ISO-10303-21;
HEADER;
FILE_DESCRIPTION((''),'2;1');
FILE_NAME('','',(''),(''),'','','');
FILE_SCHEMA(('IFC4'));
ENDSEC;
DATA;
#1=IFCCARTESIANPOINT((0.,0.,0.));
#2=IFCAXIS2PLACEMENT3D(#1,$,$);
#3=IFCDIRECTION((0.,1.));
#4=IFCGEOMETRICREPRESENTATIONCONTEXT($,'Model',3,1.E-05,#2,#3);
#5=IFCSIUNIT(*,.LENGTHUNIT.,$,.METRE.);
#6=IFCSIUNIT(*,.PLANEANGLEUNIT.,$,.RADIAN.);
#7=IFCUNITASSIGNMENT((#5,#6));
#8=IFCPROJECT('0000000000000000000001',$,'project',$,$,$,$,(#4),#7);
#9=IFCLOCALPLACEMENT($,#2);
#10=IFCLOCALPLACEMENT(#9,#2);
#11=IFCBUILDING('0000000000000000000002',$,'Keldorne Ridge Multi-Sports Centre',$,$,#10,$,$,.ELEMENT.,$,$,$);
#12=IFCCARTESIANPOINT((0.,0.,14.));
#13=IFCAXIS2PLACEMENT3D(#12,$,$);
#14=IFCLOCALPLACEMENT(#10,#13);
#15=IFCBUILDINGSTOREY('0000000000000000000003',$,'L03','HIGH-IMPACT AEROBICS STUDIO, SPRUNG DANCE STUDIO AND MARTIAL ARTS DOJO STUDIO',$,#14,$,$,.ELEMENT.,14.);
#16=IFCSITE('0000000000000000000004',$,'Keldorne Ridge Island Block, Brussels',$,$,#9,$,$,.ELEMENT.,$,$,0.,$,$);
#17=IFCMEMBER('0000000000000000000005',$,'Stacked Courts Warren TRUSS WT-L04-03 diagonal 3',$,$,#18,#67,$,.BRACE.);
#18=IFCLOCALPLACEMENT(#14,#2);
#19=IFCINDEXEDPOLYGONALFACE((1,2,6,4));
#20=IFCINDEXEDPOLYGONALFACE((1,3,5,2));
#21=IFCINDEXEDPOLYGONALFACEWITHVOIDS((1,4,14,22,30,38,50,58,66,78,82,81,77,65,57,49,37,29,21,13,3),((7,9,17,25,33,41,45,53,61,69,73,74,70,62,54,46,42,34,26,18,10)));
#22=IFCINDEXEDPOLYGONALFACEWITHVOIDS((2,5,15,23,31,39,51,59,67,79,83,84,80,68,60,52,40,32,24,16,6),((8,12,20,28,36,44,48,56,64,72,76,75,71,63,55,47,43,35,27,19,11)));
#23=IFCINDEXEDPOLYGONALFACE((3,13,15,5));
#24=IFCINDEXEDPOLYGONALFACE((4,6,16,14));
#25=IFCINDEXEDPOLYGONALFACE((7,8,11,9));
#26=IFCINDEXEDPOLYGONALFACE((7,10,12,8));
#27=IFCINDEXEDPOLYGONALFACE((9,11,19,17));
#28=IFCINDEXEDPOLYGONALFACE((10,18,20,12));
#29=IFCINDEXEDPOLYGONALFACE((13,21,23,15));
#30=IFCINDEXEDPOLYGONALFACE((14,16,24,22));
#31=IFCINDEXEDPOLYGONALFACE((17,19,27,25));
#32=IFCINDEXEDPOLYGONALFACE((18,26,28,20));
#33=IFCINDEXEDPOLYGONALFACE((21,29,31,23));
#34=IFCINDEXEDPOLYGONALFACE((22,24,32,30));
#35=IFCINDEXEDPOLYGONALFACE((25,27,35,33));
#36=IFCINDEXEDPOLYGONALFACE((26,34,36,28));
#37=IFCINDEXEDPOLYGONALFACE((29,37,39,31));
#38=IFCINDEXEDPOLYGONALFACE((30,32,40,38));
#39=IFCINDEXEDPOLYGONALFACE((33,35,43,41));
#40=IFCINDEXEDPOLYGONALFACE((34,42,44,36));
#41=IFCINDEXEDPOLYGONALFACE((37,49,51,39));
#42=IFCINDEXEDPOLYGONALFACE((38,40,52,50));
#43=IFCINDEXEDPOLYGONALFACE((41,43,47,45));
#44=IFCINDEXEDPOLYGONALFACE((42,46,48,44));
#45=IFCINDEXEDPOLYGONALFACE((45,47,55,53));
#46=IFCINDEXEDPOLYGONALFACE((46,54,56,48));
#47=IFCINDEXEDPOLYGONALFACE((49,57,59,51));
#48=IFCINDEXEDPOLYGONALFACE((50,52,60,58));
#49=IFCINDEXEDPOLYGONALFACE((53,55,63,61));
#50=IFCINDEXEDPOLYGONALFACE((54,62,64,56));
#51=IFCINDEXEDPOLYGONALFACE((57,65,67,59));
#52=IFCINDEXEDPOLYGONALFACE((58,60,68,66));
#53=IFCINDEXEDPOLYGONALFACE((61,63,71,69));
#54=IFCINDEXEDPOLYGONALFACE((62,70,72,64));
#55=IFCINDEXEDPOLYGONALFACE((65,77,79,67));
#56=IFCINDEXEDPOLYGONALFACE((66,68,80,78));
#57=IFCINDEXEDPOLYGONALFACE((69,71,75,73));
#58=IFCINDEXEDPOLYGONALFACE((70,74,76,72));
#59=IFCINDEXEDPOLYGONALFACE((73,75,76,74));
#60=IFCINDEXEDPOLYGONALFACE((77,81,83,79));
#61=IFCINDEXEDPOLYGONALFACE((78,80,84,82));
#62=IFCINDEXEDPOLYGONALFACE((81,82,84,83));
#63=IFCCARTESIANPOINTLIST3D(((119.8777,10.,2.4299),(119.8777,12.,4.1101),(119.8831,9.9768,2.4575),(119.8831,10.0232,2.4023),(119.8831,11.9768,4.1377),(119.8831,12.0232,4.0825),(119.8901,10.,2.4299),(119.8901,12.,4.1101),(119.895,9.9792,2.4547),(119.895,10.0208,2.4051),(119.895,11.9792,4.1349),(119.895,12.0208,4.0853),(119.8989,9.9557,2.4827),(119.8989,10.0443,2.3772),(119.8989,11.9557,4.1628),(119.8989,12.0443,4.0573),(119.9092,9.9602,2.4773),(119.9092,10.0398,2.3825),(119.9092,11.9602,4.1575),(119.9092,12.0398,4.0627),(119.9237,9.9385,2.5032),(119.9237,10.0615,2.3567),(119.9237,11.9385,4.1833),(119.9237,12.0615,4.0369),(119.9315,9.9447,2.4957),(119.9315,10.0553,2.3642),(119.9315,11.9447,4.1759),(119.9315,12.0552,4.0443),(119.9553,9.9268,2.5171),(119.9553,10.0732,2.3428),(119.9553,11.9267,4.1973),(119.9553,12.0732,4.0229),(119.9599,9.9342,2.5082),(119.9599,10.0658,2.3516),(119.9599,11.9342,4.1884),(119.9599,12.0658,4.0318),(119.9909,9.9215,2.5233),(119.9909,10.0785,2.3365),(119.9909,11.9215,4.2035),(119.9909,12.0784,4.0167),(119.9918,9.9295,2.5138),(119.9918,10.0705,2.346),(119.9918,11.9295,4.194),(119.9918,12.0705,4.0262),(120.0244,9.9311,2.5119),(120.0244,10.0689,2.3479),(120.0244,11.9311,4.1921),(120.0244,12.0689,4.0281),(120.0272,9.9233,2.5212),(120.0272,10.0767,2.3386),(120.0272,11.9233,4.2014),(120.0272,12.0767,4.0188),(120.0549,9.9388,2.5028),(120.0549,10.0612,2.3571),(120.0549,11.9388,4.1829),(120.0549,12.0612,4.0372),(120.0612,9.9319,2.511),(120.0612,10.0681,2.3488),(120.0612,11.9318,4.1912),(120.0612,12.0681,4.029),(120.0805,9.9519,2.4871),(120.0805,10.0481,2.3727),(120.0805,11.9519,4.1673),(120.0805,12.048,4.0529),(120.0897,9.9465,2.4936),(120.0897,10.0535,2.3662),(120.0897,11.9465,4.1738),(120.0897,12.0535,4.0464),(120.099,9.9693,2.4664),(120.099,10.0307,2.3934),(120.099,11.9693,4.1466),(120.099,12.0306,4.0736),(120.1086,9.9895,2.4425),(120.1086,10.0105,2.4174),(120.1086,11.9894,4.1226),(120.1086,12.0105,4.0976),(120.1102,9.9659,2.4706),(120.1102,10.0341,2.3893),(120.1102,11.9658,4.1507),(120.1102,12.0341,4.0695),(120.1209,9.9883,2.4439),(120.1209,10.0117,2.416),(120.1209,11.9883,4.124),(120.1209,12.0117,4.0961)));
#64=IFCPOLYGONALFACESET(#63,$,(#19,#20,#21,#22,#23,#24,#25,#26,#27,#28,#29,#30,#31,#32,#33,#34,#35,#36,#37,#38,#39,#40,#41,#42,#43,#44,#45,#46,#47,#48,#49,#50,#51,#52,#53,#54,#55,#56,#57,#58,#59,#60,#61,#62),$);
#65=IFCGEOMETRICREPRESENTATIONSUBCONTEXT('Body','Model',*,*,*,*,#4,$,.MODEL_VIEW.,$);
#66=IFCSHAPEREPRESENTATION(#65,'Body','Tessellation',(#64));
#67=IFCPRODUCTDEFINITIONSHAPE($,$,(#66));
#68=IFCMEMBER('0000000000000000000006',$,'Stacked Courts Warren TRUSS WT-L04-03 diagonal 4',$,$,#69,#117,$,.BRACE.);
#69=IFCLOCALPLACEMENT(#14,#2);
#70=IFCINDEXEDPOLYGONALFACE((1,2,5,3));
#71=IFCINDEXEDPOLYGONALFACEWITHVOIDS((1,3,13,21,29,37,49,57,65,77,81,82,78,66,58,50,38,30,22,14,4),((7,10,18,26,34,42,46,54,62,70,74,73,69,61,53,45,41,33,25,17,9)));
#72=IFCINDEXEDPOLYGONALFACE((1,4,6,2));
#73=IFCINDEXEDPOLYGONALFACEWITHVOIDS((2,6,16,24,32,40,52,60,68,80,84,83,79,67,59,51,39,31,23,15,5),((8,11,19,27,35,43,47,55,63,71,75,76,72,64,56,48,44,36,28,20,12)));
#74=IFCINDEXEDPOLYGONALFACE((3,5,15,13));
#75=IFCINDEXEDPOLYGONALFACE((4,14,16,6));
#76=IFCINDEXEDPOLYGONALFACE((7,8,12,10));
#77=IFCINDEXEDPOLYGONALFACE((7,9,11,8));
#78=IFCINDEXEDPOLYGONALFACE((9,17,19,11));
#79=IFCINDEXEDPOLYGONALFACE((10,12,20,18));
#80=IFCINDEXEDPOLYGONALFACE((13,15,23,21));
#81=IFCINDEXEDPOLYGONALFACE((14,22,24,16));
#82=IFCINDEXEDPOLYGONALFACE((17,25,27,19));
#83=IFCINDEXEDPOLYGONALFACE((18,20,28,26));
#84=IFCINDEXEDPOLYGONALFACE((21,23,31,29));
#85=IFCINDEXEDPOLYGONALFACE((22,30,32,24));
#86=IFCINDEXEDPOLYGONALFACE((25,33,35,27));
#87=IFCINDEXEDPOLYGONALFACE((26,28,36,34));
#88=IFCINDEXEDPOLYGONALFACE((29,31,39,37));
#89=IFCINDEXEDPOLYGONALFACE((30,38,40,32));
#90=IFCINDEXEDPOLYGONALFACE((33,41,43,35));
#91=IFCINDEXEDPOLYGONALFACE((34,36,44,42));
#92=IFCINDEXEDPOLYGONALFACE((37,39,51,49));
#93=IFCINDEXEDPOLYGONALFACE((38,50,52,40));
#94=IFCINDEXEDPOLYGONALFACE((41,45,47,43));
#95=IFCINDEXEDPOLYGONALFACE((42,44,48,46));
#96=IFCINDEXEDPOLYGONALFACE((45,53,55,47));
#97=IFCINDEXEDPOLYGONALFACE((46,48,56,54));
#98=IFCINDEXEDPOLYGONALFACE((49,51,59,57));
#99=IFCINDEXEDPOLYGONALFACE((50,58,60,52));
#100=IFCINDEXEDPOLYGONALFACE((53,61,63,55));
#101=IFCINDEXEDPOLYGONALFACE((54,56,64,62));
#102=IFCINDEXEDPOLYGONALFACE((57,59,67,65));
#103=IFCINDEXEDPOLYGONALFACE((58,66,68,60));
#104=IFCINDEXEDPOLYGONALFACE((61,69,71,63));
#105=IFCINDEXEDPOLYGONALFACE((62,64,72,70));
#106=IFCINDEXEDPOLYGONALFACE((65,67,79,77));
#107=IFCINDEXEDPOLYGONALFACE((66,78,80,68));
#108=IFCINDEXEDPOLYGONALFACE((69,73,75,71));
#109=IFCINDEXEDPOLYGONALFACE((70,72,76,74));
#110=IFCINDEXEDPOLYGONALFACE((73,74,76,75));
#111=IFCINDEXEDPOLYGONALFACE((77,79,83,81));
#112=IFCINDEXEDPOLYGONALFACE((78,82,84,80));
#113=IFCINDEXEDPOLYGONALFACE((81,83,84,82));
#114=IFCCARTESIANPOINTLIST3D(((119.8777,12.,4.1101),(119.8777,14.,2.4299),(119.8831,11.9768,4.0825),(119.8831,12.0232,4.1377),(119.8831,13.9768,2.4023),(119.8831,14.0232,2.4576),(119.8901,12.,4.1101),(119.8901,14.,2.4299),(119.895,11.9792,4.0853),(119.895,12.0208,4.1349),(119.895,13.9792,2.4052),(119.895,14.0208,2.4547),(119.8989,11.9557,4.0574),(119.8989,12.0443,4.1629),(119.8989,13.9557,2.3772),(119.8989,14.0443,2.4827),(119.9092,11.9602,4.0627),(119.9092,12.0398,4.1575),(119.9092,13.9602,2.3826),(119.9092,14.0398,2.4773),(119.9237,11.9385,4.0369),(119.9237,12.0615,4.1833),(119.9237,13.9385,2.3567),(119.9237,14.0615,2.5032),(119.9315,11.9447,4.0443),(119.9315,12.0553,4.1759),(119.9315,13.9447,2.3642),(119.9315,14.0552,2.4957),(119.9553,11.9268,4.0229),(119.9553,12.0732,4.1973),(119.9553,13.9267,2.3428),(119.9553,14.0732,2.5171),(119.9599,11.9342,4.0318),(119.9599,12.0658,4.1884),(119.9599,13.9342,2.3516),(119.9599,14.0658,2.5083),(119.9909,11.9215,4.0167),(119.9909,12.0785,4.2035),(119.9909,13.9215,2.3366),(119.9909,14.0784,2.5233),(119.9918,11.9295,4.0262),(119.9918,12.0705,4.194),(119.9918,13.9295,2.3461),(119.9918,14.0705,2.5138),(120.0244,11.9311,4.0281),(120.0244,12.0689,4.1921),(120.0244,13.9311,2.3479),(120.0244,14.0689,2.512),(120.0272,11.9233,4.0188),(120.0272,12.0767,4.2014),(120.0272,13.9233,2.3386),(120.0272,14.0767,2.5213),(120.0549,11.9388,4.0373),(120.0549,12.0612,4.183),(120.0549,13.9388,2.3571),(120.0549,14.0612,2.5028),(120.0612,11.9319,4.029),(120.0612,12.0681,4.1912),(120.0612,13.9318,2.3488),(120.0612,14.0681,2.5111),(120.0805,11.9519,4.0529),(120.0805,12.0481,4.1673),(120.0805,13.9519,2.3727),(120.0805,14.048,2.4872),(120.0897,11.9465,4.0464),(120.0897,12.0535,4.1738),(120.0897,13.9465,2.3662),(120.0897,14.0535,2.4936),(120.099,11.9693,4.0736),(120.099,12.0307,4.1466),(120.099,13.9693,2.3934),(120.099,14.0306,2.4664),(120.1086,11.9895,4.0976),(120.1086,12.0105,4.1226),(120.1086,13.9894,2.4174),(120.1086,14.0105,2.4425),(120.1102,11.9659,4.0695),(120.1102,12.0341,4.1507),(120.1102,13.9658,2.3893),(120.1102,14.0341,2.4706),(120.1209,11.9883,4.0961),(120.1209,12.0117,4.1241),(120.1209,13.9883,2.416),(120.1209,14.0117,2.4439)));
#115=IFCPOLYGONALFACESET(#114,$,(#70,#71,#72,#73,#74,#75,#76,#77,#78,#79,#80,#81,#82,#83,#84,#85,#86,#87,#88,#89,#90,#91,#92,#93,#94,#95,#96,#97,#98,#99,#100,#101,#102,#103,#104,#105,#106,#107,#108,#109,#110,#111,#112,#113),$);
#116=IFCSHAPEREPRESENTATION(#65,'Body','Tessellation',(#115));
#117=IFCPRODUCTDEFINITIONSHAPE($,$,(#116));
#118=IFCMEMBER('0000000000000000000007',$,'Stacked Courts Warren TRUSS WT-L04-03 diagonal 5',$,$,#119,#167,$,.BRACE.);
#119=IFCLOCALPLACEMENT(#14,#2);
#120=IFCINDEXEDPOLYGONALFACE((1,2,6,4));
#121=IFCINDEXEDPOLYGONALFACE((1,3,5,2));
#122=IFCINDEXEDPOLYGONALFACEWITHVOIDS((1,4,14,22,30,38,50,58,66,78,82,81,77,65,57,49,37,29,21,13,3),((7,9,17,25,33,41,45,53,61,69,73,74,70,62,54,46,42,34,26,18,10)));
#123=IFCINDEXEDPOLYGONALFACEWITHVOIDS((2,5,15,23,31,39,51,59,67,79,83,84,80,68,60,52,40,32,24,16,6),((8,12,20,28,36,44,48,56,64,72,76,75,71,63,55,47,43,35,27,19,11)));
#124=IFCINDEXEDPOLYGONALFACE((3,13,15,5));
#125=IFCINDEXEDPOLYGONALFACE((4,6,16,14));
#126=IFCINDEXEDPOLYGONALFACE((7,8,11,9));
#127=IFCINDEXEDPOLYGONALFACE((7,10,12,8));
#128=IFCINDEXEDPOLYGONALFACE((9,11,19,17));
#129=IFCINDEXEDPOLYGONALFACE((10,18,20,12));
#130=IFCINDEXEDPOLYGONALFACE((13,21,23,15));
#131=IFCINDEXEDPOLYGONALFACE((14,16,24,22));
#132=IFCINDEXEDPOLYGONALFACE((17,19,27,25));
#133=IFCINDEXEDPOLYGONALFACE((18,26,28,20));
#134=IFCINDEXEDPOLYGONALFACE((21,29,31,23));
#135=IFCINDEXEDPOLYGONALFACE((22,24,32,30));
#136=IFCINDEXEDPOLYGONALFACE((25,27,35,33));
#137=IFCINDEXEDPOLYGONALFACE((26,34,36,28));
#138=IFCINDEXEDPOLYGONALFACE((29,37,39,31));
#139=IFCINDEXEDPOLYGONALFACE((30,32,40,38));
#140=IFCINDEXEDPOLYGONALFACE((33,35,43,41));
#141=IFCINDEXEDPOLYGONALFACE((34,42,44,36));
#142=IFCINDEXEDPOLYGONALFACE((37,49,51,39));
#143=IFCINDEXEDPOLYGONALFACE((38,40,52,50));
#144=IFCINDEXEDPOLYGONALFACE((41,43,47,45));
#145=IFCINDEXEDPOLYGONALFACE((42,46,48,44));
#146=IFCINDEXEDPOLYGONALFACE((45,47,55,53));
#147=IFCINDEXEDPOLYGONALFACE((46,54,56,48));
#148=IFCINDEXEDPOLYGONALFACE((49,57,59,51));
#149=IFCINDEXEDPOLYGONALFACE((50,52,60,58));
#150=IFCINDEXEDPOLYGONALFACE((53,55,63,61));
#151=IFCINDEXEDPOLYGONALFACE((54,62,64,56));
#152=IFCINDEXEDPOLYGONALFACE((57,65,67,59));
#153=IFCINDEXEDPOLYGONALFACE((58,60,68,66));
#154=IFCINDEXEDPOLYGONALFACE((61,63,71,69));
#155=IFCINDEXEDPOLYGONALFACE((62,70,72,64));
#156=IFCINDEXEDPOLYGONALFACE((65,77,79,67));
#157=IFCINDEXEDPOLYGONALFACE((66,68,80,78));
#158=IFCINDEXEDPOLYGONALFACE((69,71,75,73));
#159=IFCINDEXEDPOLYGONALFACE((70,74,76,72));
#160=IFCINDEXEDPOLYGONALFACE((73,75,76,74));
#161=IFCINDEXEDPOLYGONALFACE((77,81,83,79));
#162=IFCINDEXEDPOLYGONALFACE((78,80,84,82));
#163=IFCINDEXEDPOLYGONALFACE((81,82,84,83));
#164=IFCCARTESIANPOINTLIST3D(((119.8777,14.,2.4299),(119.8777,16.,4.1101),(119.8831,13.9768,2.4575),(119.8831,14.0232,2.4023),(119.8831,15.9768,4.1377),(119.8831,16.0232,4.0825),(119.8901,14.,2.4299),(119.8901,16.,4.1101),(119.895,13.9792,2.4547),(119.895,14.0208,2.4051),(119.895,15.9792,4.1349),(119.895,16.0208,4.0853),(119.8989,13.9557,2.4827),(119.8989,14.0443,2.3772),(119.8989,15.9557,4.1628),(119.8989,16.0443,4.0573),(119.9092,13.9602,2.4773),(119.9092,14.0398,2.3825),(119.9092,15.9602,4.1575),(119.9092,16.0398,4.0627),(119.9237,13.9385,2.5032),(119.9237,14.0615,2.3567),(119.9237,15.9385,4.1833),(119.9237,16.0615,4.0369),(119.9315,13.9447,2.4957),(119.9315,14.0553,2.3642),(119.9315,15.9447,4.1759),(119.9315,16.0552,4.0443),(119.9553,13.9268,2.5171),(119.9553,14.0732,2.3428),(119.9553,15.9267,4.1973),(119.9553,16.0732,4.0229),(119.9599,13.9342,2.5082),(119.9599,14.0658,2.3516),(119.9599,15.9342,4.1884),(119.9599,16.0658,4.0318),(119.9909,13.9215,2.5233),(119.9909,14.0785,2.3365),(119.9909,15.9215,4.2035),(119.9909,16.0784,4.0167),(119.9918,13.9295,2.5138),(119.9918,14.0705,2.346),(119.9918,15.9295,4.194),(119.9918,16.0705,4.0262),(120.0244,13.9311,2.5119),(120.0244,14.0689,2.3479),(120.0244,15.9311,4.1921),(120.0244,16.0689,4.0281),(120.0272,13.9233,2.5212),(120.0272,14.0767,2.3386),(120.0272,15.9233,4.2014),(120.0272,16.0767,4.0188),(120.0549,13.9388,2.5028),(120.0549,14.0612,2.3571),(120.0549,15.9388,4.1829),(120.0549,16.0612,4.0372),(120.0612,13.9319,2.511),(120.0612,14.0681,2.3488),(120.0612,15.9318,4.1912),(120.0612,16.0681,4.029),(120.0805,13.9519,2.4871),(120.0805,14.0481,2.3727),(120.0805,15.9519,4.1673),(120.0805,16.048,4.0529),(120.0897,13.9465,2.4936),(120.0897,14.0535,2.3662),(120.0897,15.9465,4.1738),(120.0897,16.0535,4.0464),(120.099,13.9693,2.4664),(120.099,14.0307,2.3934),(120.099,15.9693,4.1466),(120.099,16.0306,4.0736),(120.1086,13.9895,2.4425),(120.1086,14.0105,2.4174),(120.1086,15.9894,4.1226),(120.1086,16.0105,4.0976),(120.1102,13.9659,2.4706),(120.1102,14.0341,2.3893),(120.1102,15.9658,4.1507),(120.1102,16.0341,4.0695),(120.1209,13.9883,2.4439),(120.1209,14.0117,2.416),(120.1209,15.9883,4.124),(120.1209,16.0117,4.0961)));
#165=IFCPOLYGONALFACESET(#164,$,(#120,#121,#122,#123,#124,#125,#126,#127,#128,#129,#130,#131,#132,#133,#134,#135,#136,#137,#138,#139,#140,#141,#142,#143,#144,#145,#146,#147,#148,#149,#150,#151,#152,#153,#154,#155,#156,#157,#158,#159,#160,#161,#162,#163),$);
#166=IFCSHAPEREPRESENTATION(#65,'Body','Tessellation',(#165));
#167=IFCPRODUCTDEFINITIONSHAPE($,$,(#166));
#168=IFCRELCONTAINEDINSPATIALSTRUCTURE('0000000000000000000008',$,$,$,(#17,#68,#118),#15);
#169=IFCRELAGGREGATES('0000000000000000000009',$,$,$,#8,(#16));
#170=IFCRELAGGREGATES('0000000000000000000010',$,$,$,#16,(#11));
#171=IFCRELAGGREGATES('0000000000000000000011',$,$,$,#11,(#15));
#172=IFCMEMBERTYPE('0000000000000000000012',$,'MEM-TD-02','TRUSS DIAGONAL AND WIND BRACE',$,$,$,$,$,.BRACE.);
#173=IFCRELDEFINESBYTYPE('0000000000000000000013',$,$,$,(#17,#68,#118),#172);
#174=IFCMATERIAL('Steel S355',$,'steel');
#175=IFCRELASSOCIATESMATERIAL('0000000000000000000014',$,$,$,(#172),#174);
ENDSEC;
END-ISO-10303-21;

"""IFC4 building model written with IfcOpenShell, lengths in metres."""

from ifc_helpers import new_model, si_unit, direction, frame, origin, origin_2d, place, context, subcontext, project, spatial, hollow_circle, extrude, material, material_profile, profile_set, type_object, element, save


model = new_model("IFC4")

# Units and contexts
model_context = context("Model", 3, precision=1e-05, world=origin(), true_north=direction((0.0, 1.0)))
body_context = subcontext(model_context, "Body", "Model", "MODEL_VIEW")
ifc_project = project(units=[si_unit("LENGTHUNIT", "METRE"), si_unit("PLANEANGLEUNIT", "RADIAN")], contexts=[model_context])

# Site, building, storey
site_placement = place(None, origin())
site = spatial("IfcSite", under=ifc_project, at=site_placement, Name="Keldorne Ridge Island Block, Brussels", CompositionType="ELEMENT", RefElevation=0.0)
building_placement = place(site_placement, origin())
building = spatial("IfcBuilding", under=site, at=building_placement, Name="Keldorne Ridge Multi-Sports Centre", CompositionType="ELEMENT")
storey_placement = place(building_placement, frame((0.0, 0.0, 14.0)))
storey = spatial("IfcBuildingStorey", under=building, at=storey_placement, Name="L03", Description="HIGH-IMPACT AEROBICS STUDIO, SPRUNG DANCE STUDIO AND MARTIAL ARTS DOJO STUDIO", CompositionType="ELEMENT", Elevation=14.0)

# Members
ifc_material = material(Name="Steel S355", Category="steel")
ifc_material_profile_1 = material_profile(ifc_material, hollow_circle(Radius=0.1223, WallThickness=0.0125, at=origin_2d()), Name="CHS 244.5x12.5")
ifc_profile_set_1 = profile_set([ifc_material_profile_1], Name="Steel S355")
member_type_1 = type_object("IfcMemberType", Name="MEM-TD-02", Description="TRUSS DIAGONAL AND WIND BRACE", PredefinedType="BRACE", material=ifc_profile_set_1)
for number, where, z_axis, x_axis, name in (
    (1, (120.0, 10.0, 2.4299), (0.0, 0.765672, 0.643232), (-1.0, 0.0, 0.0), "Stacked Courts Warren TRUSS WT-L04-03 diagonal 3"),
    (2, (120.0, 12.0, 4.1101), (0.0, 0.765672, -0.643232), (-1.0, 0.0, 0.0), "Stacked Courts Warren TRUSS WT-L04-03 diagonal 4"),
    (3, (120.0, 14.0, 2.4299), (0.0, 0.765672, 0.643232), (-1.0, 0.0, 0.0), "Stacked Courts Warren TRUSS WT-L04-03 diagonal 5"),
):
    element("IfcMember", number, at=place(storey_placement, frame(where, z_axis=z_axis, x_axis=x_axis)), inside=storey, type_object=member_type_1, Name=name, PredefinedType="BRACE", context=body_context, shape_type="SweptSolid", body=[
        extrude(hollow_circle(Radius=0.1223, WallThickness=0.0125, at=origin_2d()), origin(), (0.0, 0.0, 1.0), 2.6121),
    ])

save(model, "model.ifc")
